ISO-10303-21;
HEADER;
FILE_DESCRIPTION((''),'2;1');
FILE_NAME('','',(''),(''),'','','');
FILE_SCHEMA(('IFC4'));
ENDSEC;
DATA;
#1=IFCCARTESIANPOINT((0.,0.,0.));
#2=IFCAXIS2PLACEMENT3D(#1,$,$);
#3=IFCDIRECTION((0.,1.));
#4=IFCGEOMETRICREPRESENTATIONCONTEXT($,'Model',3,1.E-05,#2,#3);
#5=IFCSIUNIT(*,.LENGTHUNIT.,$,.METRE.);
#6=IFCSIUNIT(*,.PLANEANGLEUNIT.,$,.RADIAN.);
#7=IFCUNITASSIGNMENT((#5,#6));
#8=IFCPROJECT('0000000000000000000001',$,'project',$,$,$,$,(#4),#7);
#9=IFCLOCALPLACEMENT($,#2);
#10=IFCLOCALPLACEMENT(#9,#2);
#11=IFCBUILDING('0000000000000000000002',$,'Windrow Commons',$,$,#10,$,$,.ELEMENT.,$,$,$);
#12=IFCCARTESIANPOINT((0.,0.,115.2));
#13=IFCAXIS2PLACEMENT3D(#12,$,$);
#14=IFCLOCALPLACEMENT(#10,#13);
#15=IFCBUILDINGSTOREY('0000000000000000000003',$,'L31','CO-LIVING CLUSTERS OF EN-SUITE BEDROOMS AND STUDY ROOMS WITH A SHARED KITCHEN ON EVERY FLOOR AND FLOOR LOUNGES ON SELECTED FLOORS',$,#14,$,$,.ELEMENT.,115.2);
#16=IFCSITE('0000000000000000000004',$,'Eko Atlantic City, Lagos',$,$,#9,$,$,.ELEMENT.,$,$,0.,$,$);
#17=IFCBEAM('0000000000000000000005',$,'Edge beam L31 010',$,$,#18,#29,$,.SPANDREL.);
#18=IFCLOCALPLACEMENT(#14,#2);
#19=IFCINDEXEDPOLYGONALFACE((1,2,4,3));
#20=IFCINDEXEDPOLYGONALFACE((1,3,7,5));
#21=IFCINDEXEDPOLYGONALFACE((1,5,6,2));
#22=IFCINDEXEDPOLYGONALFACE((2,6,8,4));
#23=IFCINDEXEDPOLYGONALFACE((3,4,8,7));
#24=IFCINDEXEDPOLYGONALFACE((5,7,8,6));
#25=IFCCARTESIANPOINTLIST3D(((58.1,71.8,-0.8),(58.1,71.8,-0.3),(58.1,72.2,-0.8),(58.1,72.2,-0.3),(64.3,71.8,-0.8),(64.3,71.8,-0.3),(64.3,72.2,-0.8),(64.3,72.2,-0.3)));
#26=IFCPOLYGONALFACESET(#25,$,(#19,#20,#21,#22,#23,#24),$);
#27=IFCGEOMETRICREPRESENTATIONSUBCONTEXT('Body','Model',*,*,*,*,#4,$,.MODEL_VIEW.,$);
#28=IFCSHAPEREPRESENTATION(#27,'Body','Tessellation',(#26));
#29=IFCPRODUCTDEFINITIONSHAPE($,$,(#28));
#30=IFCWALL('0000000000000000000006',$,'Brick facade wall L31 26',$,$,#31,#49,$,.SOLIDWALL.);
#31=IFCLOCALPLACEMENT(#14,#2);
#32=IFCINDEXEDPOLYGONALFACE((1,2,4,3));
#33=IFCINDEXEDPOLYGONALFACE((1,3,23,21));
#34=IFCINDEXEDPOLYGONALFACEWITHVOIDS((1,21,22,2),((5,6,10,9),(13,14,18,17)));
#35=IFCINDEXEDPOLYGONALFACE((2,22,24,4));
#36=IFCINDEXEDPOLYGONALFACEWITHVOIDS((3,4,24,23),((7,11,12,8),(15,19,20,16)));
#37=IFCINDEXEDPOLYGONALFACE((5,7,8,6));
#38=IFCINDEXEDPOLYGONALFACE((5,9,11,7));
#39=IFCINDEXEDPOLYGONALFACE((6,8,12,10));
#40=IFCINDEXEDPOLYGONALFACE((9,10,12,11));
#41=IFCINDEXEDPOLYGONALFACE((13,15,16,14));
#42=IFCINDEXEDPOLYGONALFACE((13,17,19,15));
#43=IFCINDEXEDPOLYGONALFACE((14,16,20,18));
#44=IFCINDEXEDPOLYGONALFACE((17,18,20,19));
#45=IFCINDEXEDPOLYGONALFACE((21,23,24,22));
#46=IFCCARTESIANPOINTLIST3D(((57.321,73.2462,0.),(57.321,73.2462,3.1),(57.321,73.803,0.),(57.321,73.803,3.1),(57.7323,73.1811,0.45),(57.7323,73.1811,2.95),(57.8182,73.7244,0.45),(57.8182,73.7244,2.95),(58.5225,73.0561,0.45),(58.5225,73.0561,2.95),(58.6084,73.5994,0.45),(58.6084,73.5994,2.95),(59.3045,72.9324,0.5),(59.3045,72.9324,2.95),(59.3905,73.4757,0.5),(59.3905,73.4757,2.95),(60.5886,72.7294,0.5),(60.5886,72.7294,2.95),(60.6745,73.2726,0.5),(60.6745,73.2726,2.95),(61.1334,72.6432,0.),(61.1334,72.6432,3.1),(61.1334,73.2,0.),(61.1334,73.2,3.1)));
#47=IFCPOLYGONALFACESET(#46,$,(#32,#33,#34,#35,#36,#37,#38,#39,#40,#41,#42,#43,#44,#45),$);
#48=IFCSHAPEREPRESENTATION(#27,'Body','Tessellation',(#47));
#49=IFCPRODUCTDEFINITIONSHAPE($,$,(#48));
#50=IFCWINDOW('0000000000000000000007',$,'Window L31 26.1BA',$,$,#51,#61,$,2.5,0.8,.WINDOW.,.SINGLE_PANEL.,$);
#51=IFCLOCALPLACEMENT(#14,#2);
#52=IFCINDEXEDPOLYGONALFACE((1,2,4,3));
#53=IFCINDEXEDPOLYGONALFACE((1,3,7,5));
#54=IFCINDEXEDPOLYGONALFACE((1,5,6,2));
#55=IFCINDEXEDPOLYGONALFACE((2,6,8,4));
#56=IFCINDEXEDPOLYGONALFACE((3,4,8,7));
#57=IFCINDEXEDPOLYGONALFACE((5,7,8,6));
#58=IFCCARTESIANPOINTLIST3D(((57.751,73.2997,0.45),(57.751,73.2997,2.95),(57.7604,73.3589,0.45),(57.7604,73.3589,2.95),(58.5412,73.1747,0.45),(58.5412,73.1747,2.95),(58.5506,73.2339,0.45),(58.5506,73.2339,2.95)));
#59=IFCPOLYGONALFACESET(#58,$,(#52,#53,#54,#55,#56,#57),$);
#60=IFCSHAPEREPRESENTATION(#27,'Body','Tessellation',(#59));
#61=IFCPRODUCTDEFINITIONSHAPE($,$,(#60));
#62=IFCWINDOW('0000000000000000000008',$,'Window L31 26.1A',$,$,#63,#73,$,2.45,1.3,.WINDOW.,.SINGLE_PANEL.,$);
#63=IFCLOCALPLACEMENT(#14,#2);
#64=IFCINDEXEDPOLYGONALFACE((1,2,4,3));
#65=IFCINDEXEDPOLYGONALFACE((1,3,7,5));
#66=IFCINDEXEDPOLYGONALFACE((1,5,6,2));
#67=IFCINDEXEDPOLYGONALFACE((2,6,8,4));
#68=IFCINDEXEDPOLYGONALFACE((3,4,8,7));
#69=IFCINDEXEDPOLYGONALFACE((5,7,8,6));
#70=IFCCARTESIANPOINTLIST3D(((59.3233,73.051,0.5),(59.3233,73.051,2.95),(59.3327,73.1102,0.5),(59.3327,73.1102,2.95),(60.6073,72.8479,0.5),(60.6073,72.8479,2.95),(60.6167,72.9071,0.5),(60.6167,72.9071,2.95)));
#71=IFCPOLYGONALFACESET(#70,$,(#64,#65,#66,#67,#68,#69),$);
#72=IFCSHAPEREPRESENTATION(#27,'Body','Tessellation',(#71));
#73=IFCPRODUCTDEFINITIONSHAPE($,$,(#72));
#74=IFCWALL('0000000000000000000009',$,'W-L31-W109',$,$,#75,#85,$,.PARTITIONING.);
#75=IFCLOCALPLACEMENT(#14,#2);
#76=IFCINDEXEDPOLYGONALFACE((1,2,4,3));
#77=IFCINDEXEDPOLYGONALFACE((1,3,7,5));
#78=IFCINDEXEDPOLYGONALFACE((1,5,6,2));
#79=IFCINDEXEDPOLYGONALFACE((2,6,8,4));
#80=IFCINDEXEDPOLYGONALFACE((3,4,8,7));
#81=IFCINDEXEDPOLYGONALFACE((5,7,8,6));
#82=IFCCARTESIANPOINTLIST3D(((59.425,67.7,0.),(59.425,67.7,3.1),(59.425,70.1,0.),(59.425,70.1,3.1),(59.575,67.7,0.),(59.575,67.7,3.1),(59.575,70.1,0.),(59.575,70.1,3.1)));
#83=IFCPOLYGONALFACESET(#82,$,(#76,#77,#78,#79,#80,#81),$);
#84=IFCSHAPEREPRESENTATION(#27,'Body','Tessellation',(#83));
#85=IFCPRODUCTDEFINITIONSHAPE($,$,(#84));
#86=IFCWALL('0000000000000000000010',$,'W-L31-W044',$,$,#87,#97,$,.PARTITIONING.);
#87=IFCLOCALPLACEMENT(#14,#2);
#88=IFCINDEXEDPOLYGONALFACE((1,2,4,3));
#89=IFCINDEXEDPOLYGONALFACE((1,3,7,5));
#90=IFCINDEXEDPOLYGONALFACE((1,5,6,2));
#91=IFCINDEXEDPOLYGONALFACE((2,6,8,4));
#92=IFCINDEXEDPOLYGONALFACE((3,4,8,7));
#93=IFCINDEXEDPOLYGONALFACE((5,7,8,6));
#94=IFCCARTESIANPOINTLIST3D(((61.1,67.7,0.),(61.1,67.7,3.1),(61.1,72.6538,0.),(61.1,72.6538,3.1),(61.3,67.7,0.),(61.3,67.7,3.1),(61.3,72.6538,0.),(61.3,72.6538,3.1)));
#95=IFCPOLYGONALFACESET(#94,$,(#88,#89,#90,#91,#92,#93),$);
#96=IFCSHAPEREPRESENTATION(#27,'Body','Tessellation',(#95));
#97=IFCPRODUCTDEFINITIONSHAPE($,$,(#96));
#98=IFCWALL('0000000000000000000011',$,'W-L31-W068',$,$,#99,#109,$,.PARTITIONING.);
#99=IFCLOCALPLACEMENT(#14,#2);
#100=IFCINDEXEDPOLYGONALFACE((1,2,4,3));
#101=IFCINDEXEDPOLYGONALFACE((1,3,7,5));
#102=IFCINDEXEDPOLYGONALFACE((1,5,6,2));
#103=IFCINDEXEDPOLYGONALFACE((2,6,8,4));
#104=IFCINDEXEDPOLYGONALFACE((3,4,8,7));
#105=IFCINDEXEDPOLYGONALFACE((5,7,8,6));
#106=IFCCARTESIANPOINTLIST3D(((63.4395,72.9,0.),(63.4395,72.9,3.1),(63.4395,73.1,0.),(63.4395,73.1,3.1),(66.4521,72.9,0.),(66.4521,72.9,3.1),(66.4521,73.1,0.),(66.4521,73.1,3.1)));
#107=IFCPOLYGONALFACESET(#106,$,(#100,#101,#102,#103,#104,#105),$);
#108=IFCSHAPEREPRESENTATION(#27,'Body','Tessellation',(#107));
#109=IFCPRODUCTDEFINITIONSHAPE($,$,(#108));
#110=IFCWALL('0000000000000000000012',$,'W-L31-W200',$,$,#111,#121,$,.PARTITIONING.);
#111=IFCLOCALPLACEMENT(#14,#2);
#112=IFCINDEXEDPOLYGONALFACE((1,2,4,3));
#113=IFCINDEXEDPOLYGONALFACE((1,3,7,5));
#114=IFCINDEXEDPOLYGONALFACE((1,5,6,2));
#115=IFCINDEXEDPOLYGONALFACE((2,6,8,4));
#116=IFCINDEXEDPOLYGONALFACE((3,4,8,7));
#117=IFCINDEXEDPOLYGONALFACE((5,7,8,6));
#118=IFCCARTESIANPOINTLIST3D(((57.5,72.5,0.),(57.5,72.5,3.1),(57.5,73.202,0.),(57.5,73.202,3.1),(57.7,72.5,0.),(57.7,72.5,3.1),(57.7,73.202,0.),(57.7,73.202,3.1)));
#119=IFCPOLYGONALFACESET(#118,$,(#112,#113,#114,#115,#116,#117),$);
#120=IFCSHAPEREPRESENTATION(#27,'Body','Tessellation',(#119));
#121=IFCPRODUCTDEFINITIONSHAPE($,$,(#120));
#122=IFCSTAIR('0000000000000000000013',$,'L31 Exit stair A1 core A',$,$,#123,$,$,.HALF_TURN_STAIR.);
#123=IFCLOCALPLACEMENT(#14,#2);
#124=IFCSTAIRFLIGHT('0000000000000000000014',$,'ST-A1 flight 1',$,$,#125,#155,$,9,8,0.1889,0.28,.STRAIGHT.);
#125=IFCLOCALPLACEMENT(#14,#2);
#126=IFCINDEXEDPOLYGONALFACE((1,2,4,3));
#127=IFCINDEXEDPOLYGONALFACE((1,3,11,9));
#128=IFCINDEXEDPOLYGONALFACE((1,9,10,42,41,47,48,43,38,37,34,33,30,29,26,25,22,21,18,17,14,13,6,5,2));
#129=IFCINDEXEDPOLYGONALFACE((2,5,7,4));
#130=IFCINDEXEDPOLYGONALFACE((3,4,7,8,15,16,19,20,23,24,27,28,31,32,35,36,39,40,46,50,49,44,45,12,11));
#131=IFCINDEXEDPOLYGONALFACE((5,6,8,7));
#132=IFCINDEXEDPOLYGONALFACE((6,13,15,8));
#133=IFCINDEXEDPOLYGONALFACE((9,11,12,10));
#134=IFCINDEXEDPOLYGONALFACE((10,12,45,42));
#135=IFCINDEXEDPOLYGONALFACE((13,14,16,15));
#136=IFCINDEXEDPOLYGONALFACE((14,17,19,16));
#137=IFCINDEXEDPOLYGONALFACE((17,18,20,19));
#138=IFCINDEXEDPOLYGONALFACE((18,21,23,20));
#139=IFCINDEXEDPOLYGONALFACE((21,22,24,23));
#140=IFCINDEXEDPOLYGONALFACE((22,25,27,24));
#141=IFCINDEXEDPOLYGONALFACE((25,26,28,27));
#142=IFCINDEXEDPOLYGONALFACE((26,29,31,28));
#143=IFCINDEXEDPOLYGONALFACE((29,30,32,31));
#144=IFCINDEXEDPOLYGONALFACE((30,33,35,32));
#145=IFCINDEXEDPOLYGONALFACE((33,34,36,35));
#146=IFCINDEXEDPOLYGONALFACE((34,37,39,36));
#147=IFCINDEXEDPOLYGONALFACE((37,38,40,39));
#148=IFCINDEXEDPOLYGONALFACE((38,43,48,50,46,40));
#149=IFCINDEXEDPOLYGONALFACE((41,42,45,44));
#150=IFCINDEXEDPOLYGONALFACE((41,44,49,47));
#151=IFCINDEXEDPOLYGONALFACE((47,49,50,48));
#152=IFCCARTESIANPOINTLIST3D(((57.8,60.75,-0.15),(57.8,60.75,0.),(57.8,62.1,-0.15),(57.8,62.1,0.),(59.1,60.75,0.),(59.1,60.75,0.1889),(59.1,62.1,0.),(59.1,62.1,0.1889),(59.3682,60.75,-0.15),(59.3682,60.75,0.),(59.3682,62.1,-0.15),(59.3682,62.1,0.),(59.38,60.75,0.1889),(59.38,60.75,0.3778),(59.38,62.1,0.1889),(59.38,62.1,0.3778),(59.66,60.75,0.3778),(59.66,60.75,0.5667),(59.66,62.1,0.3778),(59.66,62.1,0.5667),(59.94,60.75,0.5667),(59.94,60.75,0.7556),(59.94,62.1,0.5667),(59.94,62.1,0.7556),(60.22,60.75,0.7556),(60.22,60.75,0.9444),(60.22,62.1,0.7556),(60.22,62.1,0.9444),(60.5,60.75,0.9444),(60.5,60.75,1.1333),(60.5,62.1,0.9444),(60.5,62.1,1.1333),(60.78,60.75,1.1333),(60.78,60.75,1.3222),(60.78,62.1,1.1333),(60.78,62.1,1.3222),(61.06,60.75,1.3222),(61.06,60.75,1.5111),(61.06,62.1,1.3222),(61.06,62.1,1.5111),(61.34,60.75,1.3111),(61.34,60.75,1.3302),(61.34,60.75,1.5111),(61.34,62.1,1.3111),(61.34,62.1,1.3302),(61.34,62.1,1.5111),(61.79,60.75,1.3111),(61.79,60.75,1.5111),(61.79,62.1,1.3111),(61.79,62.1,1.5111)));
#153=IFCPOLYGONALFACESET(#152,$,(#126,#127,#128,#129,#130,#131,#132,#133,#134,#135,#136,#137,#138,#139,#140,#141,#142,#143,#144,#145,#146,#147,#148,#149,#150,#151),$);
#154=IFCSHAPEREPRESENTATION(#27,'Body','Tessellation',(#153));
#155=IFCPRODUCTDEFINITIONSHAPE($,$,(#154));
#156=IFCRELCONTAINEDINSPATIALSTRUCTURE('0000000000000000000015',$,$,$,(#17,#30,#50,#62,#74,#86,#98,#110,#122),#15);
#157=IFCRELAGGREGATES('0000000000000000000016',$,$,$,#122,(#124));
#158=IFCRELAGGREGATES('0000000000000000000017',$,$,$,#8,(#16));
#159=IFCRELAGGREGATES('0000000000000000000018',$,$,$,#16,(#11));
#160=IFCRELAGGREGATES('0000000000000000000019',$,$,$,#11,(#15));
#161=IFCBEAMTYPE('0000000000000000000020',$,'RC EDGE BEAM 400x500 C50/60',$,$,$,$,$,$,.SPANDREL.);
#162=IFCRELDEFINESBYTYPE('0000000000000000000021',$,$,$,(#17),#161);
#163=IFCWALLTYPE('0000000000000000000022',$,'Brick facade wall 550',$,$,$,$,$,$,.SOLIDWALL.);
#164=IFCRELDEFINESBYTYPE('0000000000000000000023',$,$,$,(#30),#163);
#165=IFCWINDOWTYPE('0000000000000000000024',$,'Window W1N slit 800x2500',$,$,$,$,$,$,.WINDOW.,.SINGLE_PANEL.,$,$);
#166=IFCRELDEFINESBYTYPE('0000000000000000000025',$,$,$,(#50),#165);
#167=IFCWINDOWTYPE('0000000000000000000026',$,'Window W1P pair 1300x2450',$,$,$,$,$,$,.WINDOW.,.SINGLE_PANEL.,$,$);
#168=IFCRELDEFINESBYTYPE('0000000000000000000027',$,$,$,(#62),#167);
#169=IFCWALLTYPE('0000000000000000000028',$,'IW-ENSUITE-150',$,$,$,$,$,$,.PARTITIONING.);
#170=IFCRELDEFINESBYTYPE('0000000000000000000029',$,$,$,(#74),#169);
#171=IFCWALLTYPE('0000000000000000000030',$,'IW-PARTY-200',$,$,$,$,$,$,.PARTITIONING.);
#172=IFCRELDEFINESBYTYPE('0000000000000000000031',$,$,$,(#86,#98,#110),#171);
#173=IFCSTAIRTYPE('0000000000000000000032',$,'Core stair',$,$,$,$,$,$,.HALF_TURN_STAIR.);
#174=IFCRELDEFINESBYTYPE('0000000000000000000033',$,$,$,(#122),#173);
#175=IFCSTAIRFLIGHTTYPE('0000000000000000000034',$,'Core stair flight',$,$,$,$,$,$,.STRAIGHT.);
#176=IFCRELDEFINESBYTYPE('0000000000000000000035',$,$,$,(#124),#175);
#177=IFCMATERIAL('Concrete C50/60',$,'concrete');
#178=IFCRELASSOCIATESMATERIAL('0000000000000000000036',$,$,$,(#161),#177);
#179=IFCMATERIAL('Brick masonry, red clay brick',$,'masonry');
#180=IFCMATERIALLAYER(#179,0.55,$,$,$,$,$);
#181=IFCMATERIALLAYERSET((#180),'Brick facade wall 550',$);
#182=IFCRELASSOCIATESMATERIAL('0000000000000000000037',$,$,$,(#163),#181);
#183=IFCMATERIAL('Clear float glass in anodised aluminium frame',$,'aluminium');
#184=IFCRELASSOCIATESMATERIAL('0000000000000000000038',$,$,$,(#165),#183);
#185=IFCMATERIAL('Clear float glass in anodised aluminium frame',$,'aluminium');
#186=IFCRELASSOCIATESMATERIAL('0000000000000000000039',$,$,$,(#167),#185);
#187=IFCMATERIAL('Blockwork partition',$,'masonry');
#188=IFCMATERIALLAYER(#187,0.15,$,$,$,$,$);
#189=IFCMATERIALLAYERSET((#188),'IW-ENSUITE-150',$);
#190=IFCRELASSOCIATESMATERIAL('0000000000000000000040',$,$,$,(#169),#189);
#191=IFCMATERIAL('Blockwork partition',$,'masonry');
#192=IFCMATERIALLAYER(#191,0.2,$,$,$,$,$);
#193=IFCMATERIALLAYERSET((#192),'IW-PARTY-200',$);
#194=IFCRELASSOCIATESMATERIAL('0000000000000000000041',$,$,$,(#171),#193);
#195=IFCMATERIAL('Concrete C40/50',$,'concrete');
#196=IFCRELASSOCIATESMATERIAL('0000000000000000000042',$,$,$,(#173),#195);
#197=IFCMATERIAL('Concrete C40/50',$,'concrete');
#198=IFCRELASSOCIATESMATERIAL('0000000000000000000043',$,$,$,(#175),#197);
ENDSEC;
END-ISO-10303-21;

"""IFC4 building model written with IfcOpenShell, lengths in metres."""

from ifc_helpers import new_model, si_unit, direction, frame, frame_2d, origin, origin_2d, place, context, subcontext, project, spatial, polyline, rectangle, outline, extrude, material, layer, layer_set, material_profile, profile_set, type_object, element, fill, aggregate, save


model = new_model("IFC4")

# Units and contexts
model_context = context("Model", 3, precision=1e-05, world=origin(), true_north=direction((0.0, 1.0)))
body_context = subcontext(model_context, "Body", "Model", "MODEL_VIEW")
ifc_project = project(units=[si_unit("LENGTHUNIT", "METRE"), si_unit("PLANEANGLEUNIT", "RADIAN")], contexts=[model_context])

# Site, building, storey
site_placement = place(None, origin())
site = spatial("IfcSite", under=ifc_project, at=site_placement, Name="Eko Atlantic City, Lagos", CompositionType="ELEMENT", RefElevation=0.0)
building_placement = place(site_placement, origin())
building = spatial("IfcBuilding", under=site, at=building_placement, Name="Windrow Commons", CompositionType="ELEMENT")
storey_placement = place(building_placement, frame((0.0, 0.0, 115.2)))
storey = spatial("IfcBuildingStorey", under=building, at=storey_placement, Name="L31", Description="CO-LIVING CLUSTERS OF EN-SUITE BEDROOMS AND STUDY ROOMS WITH A SHARED KITCHEN ON EVERY FLOOR AND FLOOR LOUNGES ON SELECTED FLOORS", CompositionType="ELEMENT", Elevation=115.2)

# Beam
ifc_material_1 = material(Name="Concrete C50/60", Category="concrete")
ifc_material_profile = material_profile(ifc_material_1, rectangle(XDim=0.4, YDim=0.5, at=origin_2d()))
ifc_profile_set = profile_set([ifc_material_profile], Name="Concrete C50/60")
beam_type = type_object("IfcBeamType", Name="RC EDGE BEAM 400x500 C50/60", PredefinedType="SPANDREL", material=ifc_profile_set)
beam_placement = place(storey_placement, frame((58.1, 72.0, -0.55), z_axis=(1.0, 0.0, 0.0), x_axis=(0.0, 1.0, 0.0)))
element("IfcBeam", 1, at=beam_placement, inside=storey, type_object=beam_type, Name="Edge beam L31 010", PredefinedType="SPANDREL", context=body_context, shape_type="SweptSolid", body=[
    extrude(rectangle(XDim=0.4, YDim=0.5, at=origin_2d()), origin(), (0.0, 0.0, 1.0), 6.2),
])

# Wall, openings, windows
ifc_material_2 = material(Name="Brick masonry, red clay brick", Category="masonry")
ifc_layer_1 = layer(ifc_material_2, 0.55)
ifc_layer_set_1 = layer_set([ifc_layer_1], Name="Brick facade wall 550")
wall_type_1 = type_object("IfcWallType", Name="Brick facade wall 550", PredefinedType="SOLIDWALL", material=ifc_layer_set_1)
wall_1_placement = place(storey_placement, frame((61.1334, 72.9216, 0.0), z_axis=(0.0, 0.0, 1.0), x_axis=(-0.987721, 0.156226, 0.0)))
wall_1 = element("IfcWall", 2, at=wall_1_placement, inside=storey, type_object=wall_type_1, Name="Brick facade wall L31 26", PredefinedType="SOLIDWALL", context=body_context, shape_type="SweptSolid", body=[
    extrude(outline(polyline([(0.0435, -0.275), (3.9033, -0.275), (3.8163, 0.275), (-0.0435, 0.275), (0.0435, -0.275)])), origin(), (0.0, 0.0, 1.0), 3.1),
])
opening_1_placement = place(wall_1_placement, frame((0.5081, 0.0, 0.5)))
opening_1 = element("IfcOpeningElement", 3, at=opening_1_placement, cuts=wall_1, PredefinedType="OPENING", context=body_context, shape_type="SweptSolid", body=[
    extrude(rectangle(XDim=1.3, YDim=2.45, at=frame_2d((0.65, 1.225))), frame((0.0, 0.285, 0.0), z_axis=(0.0, -1.0, 0.0), x_axis=(1.0, 0.0, 0.0)), (0.0, 0.0, 1.0), 0.57),
])
opening_2_placement = place(wall_1_placement, frame((2.5999, 0.0, 0.45)))
opening_2 = element("IfcOpeningElement", 4, at=opening_2_placement, cuts=wall_1, PredefinedType="OPENING", context=body_context, shape_type="SweptSolid", body=[
    extrude(rectangle(XDim=0.8, YDim=2.5, at=frame_2d((0.4, 1.25))), frame((0.0, 0.285, 0.0), z_axis=(0.0, -1.0, 0.0), x_axis=(1.0, 0.0, 0.0)), (0.0, 0.0, 1.0), 0.57),
])
ifc_material_3 = material(Name="Clear float glass in anodised aluminium frame", Category="aluminium")
window_type_1 = type_object("IfcWindowType", Name="Window W1N slit 800x2500", PartitioningType="SINGLE_PANEL", PredefinedType="WINDOW", material=ifc_material_3)
window_1_placement = place(opening_2_placement, origin())
window_1 = element("IfcWindow", 5, at=window_1_placement, inside=storey, type_object=window_type_1, Name="Window L31 26.1BA", OverallHeight=2.5, OverallWidth=0.8, PartitioningType="SINGLE_PANEL", PredefinedType="WINDOW", context=body_context, shape_type="SweptSolid", body=[
    extrude(rectangle(XDim=0.8, YDim=2.5, at=frame_2d((0.4, 1.25))), frame((0.0, 0.155, 0.0), z_axis=(0.0, -1.0, 0.0), x_axis=(1.0, 0.0, 0.0)), (0.0, 0.0, 1.0), 0.06),
])
fill(opening_2, window_1)
ifc_material_4 = material(Name="Clear float glass in anodised aluminium frame", Category="aluminium")
window_type_2 = type_object("IfcWindowType", Name="Window W1P pair 1300x2450", PartitioningType="SINGLE_PANEL", PredefinedType="WINDOW", material=ifc_material_4)
window_2_placement = place(opening_1_placement, origin())
window_2 = element("IfcWindow", 6, at=window_2_placement, inside=storey, type_object=window_type_2, Name="Window L31 26.1A", OverallHeight=2.45, OverallWidth=1.3, PartitioningType="SINGLE_PANEL", PredefinedType="WINDOW", context=body_context, shape_type="SweptSolid", body=[
    extrude(rectangle(XDim=1.3, YDim=2.45, at=frame_2d((0.65, 1.225))), frame((0.0, 0.155, 0.0), z_axis=(0.0, -1.0, 0.0), x_axis=(1.0, 0.0, 0.0)), (0.0, 0.0, 1.0), 0.06),
])
fill(opening_1, window_2)

# Walls
ifc_material_5 = material(Name="Blockwork partition", Category="masonry")
ifc_layer_2 = layer(ifc_material_5, 0.15)
ifc_layer_set_2 = layer_set([ifc_layer_2], Name="IW-ENSUITE-150")
wall_type_2 = type_object("IfcWallType", Name="IW-ENSUITE-150", PredefinedType="PARTITIONING", material=ifc_layer_set_2)
wall_2_placement = place(storey_placement, frame((59.5, 67.7, 0.0), z_axis=(0.0, 0.0, 1.0), x_axis=(0.0, 1.0, 0.0)))
element("IfcWall", 7, at=wall_2_placement, inside=storey, type_object=wall_type_2, Name="W-L31-W109", PredefinedType="PARTITIONING", context=body_context, shape_type="SweptSolid", body=[
    extrude(rectangle(XDim=2.4, YDim=0.15, at=frame_2d((1.2, 0.0))), origin(), (0.0, 0.0, 1.0), 3.1),
])
ifc_material_6 = material(Name="Blockwork partition", Category="masonry")
ifc_layer_3 = layer(ifc_material_6, 0.2)
ifc_layer_set_3 = layer_set([ifc_layer_3], Name="IW-PARTY-200")
wall_type_3 = type_object("IfcWallType", Name="IW-PARTY-200", PredefinedType="PARTITIONING", material=ifc_layer_set_3)
wall_3_placement = place(storey_placement, frame((61.2, 67.7, 0.0), z_axis=(0.0, 0.0, 1.0), x_axis=(0.0, 1.0, 0.0)))
element("IfcWall", 8, at=wall_3_placement, inside=storey, type_object=wall_type_3, Name="W-L31-W044", PredefinedType="PARTITIONING", context=body_context, shape_type="SweptSolid", body=[
    extrude(rectangle(XDim=4.9537, YDim=0.2, at=frame_2d((2.4769, 0.0))), origin(), (0.0, 0.0, 1.0), 3.1),
])
wall_4_placement = place(storey_placement, frame((63.4395, 73.0, 0.0), z_axis=(0.0, 0.0, 1.0), x_axis=(1.0, 0.0, 0.0)))
element("IfcWall", 9, at=wall_4_placement, inside=storey, type_object=wall_type_3, Name="W-L31-W068", PredefinedType="PARTITIONING", context=body_context, shape_type="SweptSolid", body=[
    extrude(rectangle(XDim=3.0126, YDim=0.2, at=frame_2d((1.5063, 0.0))), origin(), (0.0, 0.0, 1.0), 3.1),
])
wall_5_placement = place(storey_placement, frame((57.6, 72.5, 0.0), z_axis=(0.0, 0.0, 1.0), x_axis=(0.0, 1.0, 0.0)))
element("IfcWall", 10, at=wall_5_placement, inside=storey, type_object=wall_type_3, Name="W-L31-W200", PredefinedType="PARTITIONING", context=body_context, shape_type="SweptSolid", body=[
    extrude(rectangle(XDim=0.702, YDim=0.2, at=frame_2d((0.351, 0.0))), origin(), (0.0, 0.0, 1.0), 3.1),
])

# Stair, stair flight
ifc_material_7 = material(Name="Concrete C40/50", Category="concrete")
stair_type = type_object("IfcStairType", Name="Core stair", PredefinedType="HALF_TURN_STAIR", material=ifc_material_7)
stair_placement = place(storey_placement, origin())
stair = element("IfcStair", 11, at=stair_placement, inside=storey, type_object=stair_type, Name="L31 Exit stair A1 core A", PredefinedType="HALF_TURN_STAIR")
ifc_material_8 = material(Name="Concrete C40/50", Category="concrete")
stair_flight_type = type_object("IfcStairFlightType", Name="Core stair flight", PredefinedType="STRAIGHT", material=ifc_material_8)
stair_flight_1_placement = place(storey_placement, frame((59.1, 61.425, 0.0), z_axis=(0.0, 0.0, 1.0), x_axis=(1.0, 0.0, 0.0)))
stair_flight_1 = element("IfcStairFlight", 12, at=stair_flight_1_placement, type_object=stair_flight_type, Name="ST-A1 flight 1", NumberOfRisers=9, NumberOfTreads=8, PredefinedType="STRAIGHT", RiserHeight=0.1889, TreadLength=0.28, context=body_context, shape_type="SweptSolid", body=[
    extrude(outline(polyline([(-1.3, -0.15), (-1.3, 0.0), (0.0, 0.0), (0.0, 0.1889), (0.28, 0.1889), (0.28, 0.3778), (0.56, 0.3778), (0.56, 0.5667), (0.84, 0.5667), (0.84, 0.7556), (1.12, 0.7556), (1.12, 0.9444), (1.4, 0.9444), (1.4, 1.1333), (1.68, 1.1333), (1.68, 1.3222), (1.96, 1.3222), (1.96, 1.5111), (2.24, 1.5111), (2.69, 1.5111), (2.69, 1.3111), (2.24, 1.3111), (2.24, 1.3302), (0.2682, 0.0), (0.2682, -0.15), (-1.3, -0.15)])), frame((0.0, 0.675, 0.0), z_axis=(0.0, -1.0, 0.0), x_axis=(1.0, 0.0, 0.0)), (0.0, 0.0, 1.0), 1.35),
])
aggregate(stair, [stair_flight_1])

save(model, "model.ifc")
